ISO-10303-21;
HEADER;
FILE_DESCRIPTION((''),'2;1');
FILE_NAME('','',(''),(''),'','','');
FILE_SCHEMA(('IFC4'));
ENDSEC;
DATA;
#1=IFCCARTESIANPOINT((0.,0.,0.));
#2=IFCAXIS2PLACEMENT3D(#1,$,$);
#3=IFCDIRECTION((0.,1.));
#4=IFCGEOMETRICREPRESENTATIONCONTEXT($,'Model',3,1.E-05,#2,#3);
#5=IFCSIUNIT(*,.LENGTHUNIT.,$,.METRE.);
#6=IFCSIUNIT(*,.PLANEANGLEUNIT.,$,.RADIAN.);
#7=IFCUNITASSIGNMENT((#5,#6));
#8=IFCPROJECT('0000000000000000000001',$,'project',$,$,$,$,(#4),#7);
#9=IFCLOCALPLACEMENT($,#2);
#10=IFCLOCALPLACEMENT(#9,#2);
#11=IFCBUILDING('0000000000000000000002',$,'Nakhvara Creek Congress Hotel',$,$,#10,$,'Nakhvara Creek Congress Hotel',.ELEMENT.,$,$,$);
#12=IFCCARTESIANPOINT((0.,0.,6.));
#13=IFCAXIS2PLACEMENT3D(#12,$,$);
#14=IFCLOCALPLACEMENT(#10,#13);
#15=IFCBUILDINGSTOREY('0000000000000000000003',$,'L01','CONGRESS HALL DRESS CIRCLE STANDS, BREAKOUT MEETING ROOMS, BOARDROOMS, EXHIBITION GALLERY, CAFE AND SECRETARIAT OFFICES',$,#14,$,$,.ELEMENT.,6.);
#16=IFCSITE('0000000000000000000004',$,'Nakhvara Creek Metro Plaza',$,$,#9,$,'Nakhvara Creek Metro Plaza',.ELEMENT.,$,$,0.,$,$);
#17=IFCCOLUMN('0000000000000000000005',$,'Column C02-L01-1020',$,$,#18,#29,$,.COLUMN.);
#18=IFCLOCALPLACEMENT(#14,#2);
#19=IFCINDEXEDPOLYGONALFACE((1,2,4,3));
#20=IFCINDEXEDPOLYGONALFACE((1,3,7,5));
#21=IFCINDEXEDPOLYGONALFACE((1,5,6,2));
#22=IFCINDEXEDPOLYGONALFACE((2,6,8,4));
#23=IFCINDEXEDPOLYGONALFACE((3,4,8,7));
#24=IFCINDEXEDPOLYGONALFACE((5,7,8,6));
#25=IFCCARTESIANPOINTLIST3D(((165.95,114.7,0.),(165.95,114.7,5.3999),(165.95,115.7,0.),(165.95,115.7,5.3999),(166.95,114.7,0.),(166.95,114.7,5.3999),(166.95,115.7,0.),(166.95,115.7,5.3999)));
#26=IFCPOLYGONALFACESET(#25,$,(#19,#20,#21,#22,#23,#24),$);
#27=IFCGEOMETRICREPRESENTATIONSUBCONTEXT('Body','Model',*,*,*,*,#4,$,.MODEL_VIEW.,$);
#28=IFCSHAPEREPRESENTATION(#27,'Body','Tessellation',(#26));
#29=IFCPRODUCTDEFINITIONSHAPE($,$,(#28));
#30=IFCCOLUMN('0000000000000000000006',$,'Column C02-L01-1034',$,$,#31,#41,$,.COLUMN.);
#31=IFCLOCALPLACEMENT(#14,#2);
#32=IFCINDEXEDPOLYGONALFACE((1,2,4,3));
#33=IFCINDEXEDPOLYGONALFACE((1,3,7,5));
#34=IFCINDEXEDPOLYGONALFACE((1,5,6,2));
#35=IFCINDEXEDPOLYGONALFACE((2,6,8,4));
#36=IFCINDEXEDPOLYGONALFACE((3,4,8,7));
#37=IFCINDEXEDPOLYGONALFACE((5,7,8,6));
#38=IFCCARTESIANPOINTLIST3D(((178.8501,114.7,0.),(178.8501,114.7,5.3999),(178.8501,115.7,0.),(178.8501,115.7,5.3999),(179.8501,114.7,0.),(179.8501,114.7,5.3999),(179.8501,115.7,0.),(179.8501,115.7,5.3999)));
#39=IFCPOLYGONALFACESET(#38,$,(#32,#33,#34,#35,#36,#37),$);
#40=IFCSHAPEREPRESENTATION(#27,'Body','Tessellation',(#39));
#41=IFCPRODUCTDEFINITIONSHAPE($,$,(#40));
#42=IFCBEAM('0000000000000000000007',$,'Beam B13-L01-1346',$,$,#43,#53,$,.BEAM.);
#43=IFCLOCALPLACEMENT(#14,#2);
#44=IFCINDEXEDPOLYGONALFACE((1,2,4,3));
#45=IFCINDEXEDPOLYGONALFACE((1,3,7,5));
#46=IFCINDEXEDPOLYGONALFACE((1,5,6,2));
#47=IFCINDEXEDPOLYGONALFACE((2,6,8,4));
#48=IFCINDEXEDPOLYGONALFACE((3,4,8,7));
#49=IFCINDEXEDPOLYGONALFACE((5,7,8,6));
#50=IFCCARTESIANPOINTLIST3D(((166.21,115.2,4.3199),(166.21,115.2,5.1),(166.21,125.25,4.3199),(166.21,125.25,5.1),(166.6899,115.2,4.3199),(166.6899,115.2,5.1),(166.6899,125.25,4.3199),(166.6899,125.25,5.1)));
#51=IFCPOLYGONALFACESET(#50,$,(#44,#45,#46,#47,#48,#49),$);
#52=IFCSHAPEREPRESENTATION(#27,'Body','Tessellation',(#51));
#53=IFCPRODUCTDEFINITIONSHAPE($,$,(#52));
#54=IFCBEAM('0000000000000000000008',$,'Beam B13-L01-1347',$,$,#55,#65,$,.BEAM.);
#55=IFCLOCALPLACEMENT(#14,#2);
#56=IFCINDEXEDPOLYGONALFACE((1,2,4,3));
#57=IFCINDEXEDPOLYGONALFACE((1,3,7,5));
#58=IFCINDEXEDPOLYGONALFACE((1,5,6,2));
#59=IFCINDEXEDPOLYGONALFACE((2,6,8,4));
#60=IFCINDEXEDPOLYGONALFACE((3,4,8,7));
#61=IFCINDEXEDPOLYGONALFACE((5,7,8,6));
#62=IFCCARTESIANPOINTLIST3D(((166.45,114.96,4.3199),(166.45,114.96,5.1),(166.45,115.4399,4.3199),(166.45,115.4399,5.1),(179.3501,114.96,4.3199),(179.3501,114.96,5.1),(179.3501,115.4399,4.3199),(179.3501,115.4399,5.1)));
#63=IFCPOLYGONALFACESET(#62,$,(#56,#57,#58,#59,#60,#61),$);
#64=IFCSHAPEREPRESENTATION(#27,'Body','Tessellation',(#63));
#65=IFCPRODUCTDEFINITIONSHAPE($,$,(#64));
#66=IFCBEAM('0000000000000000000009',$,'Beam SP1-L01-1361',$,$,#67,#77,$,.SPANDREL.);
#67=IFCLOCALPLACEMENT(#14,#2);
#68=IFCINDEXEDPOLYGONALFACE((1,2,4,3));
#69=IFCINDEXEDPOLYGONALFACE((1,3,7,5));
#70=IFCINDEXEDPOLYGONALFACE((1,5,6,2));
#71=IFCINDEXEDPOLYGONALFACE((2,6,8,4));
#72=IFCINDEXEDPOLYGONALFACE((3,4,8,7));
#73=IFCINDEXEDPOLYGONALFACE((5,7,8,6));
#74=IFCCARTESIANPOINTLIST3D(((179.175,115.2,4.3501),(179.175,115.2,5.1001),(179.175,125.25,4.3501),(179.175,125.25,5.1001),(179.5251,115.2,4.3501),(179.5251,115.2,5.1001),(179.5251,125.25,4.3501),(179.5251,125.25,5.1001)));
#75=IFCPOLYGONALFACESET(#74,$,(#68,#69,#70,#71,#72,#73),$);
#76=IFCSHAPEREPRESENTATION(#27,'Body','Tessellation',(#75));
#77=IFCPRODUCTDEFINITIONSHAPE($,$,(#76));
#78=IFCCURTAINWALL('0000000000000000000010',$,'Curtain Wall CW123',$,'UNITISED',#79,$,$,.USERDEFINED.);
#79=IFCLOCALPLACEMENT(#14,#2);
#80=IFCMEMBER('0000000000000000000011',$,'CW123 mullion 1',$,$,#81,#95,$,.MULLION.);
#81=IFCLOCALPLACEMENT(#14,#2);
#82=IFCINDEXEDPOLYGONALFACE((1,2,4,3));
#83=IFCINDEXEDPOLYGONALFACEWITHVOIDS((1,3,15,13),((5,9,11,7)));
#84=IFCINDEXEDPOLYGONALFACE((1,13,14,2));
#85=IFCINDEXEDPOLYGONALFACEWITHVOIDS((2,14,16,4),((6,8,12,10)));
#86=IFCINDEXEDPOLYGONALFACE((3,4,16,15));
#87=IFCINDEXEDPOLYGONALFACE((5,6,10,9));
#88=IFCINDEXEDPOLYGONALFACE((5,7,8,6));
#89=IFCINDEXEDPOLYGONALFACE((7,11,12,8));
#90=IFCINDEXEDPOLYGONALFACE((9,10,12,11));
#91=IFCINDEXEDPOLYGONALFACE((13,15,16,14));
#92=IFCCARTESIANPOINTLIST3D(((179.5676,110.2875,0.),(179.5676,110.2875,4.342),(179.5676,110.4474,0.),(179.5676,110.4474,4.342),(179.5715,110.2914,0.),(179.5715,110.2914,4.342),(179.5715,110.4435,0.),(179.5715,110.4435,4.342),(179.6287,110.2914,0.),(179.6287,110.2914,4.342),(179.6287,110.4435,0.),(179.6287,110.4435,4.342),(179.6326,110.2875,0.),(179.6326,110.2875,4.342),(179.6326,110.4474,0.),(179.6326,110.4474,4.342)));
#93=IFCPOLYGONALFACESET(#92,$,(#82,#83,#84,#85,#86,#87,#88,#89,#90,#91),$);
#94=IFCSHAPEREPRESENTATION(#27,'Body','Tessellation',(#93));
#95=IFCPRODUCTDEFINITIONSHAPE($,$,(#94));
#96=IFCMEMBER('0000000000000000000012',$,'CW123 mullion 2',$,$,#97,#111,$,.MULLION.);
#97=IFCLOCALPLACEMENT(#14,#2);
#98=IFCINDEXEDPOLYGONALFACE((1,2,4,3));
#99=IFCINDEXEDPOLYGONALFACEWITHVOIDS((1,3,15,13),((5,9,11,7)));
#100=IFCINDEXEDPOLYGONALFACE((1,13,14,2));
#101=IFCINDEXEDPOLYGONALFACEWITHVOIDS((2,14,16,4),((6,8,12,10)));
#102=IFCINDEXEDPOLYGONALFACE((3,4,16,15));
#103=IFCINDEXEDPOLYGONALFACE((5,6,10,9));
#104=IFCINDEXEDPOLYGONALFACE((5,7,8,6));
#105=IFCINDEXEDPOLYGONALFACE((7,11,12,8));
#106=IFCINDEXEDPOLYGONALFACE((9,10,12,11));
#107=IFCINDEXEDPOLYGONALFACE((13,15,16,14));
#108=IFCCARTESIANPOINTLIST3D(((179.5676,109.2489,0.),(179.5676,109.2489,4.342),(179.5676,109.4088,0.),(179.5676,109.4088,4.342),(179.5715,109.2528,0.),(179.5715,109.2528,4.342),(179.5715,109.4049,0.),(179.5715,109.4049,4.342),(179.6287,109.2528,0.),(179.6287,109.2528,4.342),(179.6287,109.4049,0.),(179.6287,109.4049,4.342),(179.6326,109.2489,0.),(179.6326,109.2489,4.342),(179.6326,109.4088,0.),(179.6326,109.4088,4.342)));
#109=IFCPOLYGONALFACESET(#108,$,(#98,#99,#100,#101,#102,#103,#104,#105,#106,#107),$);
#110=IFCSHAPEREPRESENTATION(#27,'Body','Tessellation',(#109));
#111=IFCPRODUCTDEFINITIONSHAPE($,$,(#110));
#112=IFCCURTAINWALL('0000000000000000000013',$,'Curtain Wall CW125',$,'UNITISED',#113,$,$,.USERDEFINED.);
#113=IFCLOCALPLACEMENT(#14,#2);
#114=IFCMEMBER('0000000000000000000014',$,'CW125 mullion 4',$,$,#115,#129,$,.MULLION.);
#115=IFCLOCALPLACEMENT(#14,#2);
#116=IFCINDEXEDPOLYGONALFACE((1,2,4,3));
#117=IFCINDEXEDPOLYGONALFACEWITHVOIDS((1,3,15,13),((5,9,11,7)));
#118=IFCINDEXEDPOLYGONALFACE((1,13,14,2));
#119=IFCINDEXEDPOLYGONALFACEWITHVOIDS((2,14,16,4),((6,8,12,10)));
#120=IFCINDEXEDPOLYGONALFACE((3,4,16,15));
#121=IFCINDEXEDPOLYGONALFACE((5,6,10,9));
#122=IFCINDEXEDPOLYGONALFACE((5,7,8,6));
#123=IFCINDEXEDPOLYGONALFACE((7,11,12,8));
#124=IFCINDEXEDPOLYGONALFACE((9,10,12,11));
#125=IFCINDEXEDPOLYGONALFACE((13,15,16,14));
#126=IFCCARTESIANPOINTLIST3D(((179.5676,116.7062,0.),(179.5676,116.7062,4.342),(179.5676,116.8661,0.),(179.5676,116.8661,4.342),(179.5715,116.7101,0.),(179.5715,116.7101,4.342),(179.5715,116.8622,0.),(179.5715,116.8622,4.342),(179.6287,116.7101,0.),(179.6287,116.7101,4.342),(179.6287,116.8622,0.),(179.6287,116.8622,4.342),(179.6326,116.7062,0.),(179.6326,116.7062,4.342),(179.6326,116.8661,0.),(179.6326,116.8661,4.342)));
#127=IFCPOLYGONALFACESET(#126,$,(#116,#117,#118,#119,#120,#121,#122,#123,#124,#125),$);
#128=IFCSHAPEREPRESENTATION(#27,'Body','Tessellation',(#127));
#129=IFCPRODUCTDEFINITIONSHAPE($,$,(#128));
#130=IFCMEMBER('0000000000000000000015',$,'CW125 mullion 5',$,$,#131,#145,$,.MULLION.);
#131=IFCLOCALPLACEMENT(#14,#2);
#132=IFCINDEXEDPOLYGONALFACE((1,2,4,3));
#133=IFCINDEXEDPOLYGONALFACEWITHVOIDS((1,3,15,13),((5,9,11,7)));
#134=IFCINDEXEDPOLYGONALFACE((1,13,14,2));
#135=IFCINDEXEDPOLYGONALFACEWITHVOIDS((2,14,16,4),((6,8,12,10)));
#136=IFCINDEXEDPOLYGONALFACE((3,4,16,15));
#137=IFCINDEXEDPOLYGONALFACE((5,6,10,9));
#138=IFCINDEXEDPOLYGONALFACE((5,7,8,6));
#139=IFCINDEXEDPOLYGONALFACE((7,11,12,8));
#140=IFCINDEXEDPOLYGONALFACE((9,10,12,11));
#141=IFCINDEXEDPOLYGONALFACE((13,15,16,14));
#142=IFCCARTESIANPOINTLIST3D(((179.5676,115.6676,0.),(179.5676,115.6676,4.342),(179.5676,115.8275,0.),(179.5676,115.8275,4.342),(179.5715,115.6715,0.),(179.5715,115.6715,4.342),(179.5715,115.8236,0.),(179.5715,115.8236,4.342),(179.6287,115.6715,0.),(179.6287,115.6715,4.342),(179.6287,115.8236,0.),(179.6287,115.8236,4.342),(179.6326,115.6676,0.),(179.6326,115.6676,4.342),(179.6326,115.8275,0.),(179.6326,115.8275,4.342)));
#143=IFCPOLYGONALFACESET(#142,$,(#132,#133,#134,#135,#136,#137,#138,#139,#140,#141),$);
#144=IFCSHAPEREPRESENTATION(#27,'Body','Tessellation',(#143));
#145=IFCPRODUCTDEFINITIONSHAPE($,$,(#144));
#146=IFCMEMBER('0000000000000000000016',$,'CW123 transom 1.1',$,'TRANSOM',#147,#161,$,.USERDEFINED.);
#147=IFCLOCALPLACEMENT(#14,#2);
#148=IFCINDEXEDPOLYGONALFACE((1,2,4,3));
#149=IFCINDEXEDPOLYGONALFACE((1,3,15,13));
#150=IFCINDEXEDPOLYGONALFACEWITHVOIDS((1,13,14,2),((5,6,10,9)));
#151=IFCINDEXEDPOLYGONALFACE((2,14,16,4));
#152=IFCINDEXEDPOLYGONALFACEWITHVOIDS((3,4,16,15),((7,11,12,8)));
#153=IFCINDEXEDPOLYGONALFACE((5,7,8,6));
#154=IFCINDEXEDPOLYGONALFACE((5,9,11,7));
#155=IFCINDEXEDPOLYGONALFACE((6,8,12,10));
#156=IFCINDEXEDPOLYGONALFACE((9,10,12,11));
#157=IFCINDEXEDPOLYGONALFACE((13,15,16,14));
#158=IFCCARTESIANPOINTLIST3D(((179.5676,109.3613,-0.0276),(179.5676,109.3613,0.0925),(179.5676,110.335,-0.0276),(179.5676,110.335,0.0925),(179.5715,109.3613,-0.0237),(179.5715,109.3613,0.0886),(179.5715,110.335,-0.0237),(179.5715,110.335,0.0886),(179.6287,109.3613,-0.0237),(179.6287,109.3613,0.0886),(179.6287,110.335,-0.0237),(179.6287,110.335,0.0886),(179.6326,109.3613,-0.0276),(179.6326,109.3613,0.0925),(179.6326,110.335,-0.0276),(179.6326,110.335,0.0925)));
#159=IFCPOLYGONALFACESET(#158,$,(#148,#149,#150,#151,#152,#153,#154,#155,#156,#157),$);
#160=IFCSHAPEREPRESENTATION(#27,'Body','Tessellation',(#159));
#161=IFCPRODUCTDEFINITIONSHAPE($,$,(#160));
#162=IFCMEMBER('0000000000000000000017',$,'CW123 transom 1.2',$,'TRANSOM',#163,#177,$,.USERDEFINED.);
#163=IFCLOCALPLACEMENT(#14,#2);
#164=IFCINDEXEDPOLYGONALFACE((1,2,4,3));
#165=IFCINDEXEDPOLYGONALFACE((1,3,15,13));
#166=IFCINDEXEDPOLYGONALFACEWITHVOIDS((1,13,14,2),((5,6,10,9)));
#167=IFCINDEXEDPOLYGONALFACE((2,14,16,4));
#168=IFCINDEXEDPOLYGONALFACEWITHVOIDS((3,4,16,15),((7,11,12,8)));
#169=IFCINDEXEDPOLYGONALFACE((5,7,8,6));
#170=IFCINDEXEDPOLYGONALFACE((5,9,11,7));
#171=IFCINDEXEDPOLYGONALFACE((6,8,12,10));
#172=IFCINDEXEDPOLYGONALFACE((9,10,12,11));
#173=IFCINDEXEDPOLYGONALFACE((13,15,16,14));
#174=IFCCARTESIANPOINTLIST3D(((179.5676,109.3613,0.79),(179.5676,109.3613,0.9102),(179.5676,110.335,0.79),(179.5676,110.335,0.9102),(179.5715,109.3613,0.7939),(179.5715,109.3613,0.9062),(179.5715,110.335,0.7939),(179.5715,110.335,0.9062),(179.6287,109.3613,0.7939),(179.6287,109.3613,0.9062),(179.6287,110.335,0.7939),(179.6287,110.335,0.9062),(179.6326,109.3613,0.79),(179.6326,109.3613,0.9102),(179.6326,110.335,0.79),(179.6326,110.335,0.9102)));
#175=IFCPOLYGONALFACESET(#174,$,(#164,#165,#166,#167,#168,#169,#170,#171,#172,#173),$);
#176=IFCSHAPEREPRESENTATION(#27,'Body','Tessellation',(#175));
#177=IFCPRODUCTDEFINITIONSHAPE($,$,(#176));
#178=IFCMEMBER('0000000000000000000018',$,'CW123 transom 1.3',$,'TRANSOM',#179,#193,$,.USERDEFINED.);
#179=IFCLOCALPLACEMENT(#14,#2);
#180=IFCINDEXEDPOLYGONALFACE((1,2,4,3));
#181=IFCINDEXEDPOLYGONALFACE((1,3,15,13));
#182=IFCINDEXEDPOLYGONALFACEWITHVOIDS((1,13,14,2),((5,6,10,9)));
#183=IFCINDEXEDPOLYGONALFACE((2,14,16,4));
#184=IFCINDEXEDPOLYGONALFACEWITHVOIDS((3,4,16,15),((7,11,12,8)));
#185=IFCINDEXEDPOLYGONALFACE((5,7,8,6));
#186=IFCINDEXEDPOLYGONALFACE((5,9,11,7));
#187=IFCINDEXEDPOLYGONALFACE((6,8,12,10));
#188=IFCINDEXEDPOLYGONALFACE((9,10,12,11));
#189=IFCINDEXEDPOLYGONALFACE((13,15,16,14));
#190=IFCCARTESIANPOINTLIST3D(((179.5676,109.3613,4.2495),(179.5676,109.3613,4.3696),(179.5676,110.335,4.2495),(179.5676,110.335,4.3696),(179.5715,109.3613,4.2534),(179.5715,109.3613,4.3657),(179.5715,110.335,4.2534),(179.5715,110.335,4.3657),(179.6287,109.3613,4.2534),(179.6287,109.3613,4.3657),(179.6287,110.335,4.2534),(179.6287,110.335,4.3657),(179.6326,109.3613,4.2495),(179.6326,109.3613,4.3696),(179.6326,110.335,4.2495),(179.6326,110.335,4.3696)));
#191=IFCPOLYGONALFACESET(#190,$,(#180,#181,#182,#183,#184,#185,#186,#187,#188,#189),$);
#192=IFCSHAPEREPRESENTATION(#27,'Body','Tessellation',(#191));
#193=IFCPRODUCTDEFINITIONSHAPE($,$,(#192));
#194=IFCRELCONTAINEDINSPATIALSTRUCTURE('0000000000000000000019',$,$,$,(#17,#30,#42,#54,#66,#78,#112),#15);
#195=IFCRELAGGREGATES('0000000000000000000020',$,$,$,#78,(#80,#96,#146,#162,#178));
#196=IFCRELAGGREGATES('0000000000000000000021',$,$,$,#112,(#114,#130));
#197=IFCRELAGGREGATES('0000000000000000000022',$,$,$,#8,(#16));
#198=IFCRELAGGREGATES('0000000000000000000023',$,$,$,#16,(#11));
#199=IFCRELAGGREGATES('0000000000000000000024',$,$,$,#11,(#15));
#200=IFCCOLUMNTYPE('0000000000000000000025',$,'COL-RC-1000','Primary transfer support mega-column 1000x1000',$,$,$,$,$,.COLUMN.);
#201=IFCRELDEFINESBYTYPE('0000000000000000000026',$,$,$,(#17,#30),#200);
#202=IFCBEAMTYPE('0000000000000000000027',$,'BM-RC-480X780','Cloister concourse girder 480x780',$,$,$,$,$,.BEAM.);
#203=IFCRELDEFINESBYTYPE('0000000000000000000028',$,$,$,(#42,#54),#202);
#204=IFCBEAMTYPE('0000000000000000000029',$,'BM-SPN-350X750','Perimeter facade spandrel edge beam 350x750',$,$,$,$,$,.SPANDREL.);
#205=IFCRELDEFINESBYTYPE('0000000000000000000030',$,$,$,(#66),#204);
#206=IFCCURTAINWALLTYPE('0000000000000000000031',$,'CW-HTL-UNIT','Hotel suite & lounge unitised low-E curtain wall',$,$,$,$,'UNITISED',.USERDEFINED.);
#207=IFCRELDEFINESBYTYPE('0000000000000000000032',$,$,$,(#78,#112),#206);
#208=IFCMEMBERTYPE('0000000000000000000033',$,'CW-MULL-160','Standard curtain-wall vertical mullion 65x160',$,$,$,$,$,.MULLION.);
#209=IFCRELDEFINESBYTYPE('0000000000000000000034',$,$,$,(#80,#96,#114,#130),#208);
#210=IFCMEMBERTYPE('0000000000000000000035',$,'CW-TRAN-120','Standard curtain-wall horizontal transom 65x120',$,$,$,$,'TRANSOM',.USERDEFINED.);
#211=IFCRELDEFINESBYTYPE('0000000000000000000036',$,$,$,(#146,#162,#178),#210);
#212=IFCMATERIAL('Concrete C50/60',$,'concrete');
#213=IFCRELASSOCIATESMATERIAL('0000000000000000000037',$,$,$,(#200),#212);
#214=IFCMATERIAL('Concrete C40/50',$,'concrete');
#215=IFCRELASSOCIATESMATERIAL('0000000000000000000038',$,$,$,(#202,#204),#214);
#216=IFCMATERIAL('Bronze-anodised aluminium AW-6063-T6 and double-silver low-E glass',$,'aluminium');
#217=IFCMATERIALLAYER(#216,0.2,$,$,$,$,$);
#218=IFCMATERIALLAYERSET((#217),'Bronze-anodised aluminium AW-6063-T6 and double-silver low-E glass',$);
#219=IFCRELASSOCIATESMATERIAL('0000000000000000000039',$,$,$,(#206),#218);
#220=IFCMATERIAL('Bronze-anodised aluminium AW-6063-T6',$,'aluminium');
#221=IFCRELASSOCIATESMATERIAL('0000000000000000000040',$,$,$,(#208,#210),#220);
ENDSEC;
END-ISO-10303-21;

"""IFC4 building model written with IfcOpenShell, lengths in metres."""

from ifc_helpers import new_model, si_unit, direction, frame, origin, origin_2d, place, context, subcontext, project, spatial, rectangle, hollow_rectangle, extrude, material, layer, layer_set, material_profile, profile_set, type_object, element, aggregate, save


model = new_model("IFC4")

# Units and contexts
model_context = context("Model", 3, precision=1e-05, world=origin(), true_north=direction((0.0, 1.0)))
body_context = subcontext(model_context, "Body", "Model", "MODEL_VIEW")
ifc_project = project(units=[si_unit("LENGTHUNIT", "METRE"), si_unit("PLANEANGLEUNIT", "RADIAN")], contexts=[model_context])

# Site, building, storey
site_placement = place(None, origin())
site = spatial("IfcSite", under=ifc_project, at=site_placement, Name="Nakhvara Creek Metro Plaza", LongName="Nakhvara Creek Metro Plaza", CompositionType="ELEMENT", RefElevation=0.0)
building_placement = place(site_placement, origin())
building = spatial("IfcBuilding", under=site, at=building_placement, Name="Nakhvara Creek Congress Hotel", LongName="Nakhvara Creek Congress Hotel", CompositionType="ELEMENT")
storey_placement = place(building_placement, frame((0.0, 0.0, 6.0)))
storey = spatial("IfcBuildingStorey", under=building, at=storey_placement, Name="L01", Description="CONGRESS HALL DRESS CIRCLE STANDS, BREAKOUT MEETING ROOMS, BOARDROOMS, EXHIBITION GALLERY, CAFE AND SECRETARIAT OFFICES", CompositionType="ELEMENT", Elevation=6.0)

# Columns
ifc_material_1 = material(Name="Concrete C50/60", Category="concrete")
ifc_material_profile_1 = material_profile(ifc_material_1, rectangle(XDim=1.0, YDim=1.0, at=origin_2d()), Name="RC-COL 1000x1000", Category="LoadBearing")
ifc_profile_set_1 = profile_set([ifc_material_profile_1], Name="Concrete C50/60")
column_type = type_object("IfcColumnType", Name="COL-RC-1000", Description="Primary transfer support mega-column 1000x1000", PredefinedType="COLUMN", material=ifc_profile_set_1)
for number, where, z_axis, x_axis, name in (
    (1, (166.45, 115.2, 0.0), (0.0, 0.0, 1.0), (1.0, 0.0, 0.0), "Column C02-L01-1020"),
    (2, (179.3501, 115.2, 0.0), (0.0, 0.0, 1.0), (1.0, 0.0, 0.0), "Column C02-L01-1034"),
):
    element("IfcColumn", number, at=place(storey_placement, frame(where, z_axis=z_axis, x_axis=x_axis)), inside=storey, type_object=column_type, Name=name, PredefinedType="COLUMN", context=body_context, shape_type="SweptSolid", body=[
        extrude(rectangle(XDim=1.0, YDim=1.0, at=origin_2d()), origin(), (0.0, 0.0, 1.0), 5.3999),
    ])

# Beams
ifc_material_2 = material(Name="Concrete C40/50", Category="concrete")
ifc_material_profile_2 = material_profile(ifc_material_2, rectangle(XDim=0.48, YDim=0.78, at=origin_2d()), Name="RC-BM 480x780", Category="LoadBearing")
ifc_profile_set_2 = profile_set([ifc_material_profile_2], Name="Concrete C40/50")
beam_type_1 = type_object("IfcBeamType", Name="BM-RC-480X780", Description="Cloister concourse girder 480x780", PredefinedType="BEAM", material=ifc_profile_set_2)
beam_1_placement = place(storey_placement, frame((166.45, 115.2, 4.71), z_axis=(0.0, 1.0, 0.0), x_axis=(-1.0, 0.0, 0.0)))
element("IfcBeam", 3, at=beam_1_placement, inside=storey, type_object=beam_type_1, Name="Beam B13-L01-1346", PredefinedType="BEAM", context=body_context, shape_type="SweptSolid", body=[
    extrude(rectangle(XDim=0.48, YDim=0.78, at=origin_2d()), origin(), (0.0, 0.0, 1.0), 10.05),
])
beam_2_placement = place(storey_placement, frame((166.45, 115.2, 4.71), z_axis=(1.0, 0.0, 0.0), x_axis=(0.0, 1.0, 0.0)))
element("IfcBeam", 4, at=beam_2_placement, inside=storey, type_object=beam_type_1, Name="Beam B13-L01-1347", PredefinedType="BEAM", context=body_context, shape_type="SweptSolid", body=[
    extrude(rectangle(XDim=0.48, YDim=0.78, at=origin_2d()), origin(), (0.0, 0.0, 1.0), 12.9001),
])
ifc_material_profile_3 = material_profile(ifc_material_2, rectangle(XDim=0.3501, YDim=0.75, at=origin_2d()), Name="RC-SPANDREL 350x750", Category="LoadBearing")
ifc_profile_set_3 = profile_set([ifc_material_profile_3], Name="Concrete C40/50")
beam_type_2 = type_object("IfcBeamType", Name="BM-SPN-350X750", Description="Perimeter facade spandrel edge beam 350x750", PredefinedType="SPANDREL", material=ifc_profile_set_3)
beam_3_placement = place(storey_placement, frame((179.3501, 115.2, 4.7251), z_axis=(0.0, 1.0, 0.0), x_axis=(-1.0, 0.0, 0.0)))
element("IfcBeam", 5, at=beam_3_placement, inside=storey, type_object=beam_type_2, Name="Beam SP1-L01-1361", PredefinedType="SPANDREL", context=body_context, shape_type="SweptSolid", body=[
    extrude(rectangle(XDim=0.3501, YDim=0.75, at=origin_2d()), origin(), (0.0, 0.0, 1.0), 10.05),
])

# Curtain walls, members
ifc_material_3 = material(Name="Bronze-anodised aluminium AW-6063-T6 and double-silver low-E glass", Category="aluminium")
ifc_layer_1 = layer(ifc_material_3, 0.2)
ifc_layer_set_1 = layer_set([ifc_layer_1], Name="Bronze-anodised aluminium AW-6063-T6 and double-silver low-E glass")
curtain_wall_type = type_object("IfcCurtainWallType", Name="CW-HTL-UNIT", Description="Hotel suite & lounge unitised low-E curtain wall", ElementType="UNITISED", PredefinedType="USERDEFINED", material=ifc_layer_set_1)
curtain_wall_1_placement = place(storey_placement, origin())
curtain_wall_1 = element("IfcCurtainWall", 6, at=curtain_wall_1_placement, inside=storey, type_object=curtain_wall_type, Name="Curtain Wall CW123", ObjectType="UNITISED", PredefinedType="USERDEFINED")
ifc_material_4 = material(Name="Bronze-anodised aluminium AW-6063-T6", Category="aluminium")
ifc_material_profile_4 = material_profile(ifc_material_4, hollow_rectangle(XDim=0.0649, YDim=0.1599, WallThickness=0.0039, at=origin_2d()), Name="ALU-MULL 65x160x4", Category="LoadBearing")
ifc_profile_set_4 = profile_set([ifc_material_profile_4], Name="Bronze-anodised aluminium AW-6063-T6")
member_type_1 = type_object("IfcMemberType", Name="CW-MULL-160", Description="Standard curtain-wall vertical mullion 65x160", PredefinedType="MULLION", material=ifc_profile_set_4)
member_1_placement = place(storey_placement, frame((179.6001, 110.3674, 0.0), z_axis=(0.0, 0.0, 1.0), x_axis=(1.0, 0.0, 0.0)))
member_1 = element("IfcMember", 7, at=member_1_placement, type_object=member_type_1, Name="CW123 mullion 1", PredefinedType="MULLION", context=body_context, shape_type="SweptSolid", body=[
    extrude(hollow_rectangle(XDim=0.0649, YDim=0.1599, WallThickness=0.0039, at=origin_2d()), origin(), (0.0, 0.0, 1.0), 4.342),
])
member_2_placement = place(storey_placement, frame((179.6001, 109.3289, 0.0), z_axis=(0.0, 0.0, 1.0), x_axis=(1.0, 0.0, 0.0)))
member_2 = element("IfcMember", 8, at=member_2_placement, type_object=member_type_1, Name="CW123 mullion 2", PredefinedType="MULLION", context=body_context, shape_type="SweptSolid", body=[
    extrude(hollow_rectangle(XDim=0.0649, YDim=0.1599, WallThickness=0.0039, at=origin_2d()), origin(), (0.0, 0.0, 1.0), 4.342),
])
curtain_wall_2_placement = place(storey_placement, origin())
curtain_wall_2 = element("IfcCurtainWall", 9, at=curtain_wall_2_placement, inside=storey, type_object=curtain_wall_type, Name="Curtain Wall CW125", ObjectType="UNITISED", PredefinedType="USERDEFINED")
member_3_placement = place(storey_placement, frame((179.6001, 116.7861, 0.0), z_axis=(0.0, 0.0, 1.0), x_axis=(1.0, 0.0, 0.0)))
member_3 = element("IfcMember", 10, at=member_3_placement, type_object=member_type_1, Name="CW125 mullion 4", PredefinedType="MULLION", context=body_context, shape_type="SweptSolid", body=[
    extrude(hollow_rectangle(XDim=0.0649, YDim=0.1599, WallThickness=0.0039, at=origin_2d()), origin(), (0.0, 0.0, 1.0), 4.342),
])
member_4_placement = place(storey_placement, frame((179.6001, 115.7476, 0.0), z_axis=(0.0, 0.0, 1.0), x_axis=(1.0, 0.0, 0.0)))
member_4 = element("IfcMember", 11, at=member_4_placement, type_object=member_type_1, Name="CW125 mullion 5", PredefinedType="MULLION", context=body_context, shape_type="SweptSolid", body=[
    extrude(hollow_rectangle(XDim=0.0649, YDim=0.1599, WallThickness=0.0039, at=origin_2d()), origin(), (0.0, 0.0, 1.0), 4.342),
])

# Members
ifc_material_profile_5 = material_profile(ifc_material_4, hollow_rectangle(XDim=0.0649, YDim=0.1201, WallThickness=0.0039, at=origin_2d()), Name="ALU-TRAN 65x120x4", Category="LoadBearing")
ifc_profile_set_5 = profile_set([ifc_material_profile_5], Name="Bronze-anodised aluminium AW-6063-T6")
member_type_2 = type_object("IfcMemberType", Name="CW-TRAN-120", Description="Standard curtain-wall horizontal transom 65x120", ElementType="TRANSOM", PredefinedType="USERDEFINED", material=ifc_profile_set_5)
member_5_placement = place(storey_placement, frame((179.6001, 110.335, 0.0325), z_axis=(0.0, -1.0, 0.0), x_axis=(1.0, 0.0, 0.0)))
member_5 = element("IfcMember", 12, at=member_5_placement, type_object=member_type_2, Name="CW123 transom 1.1", ObjectType="TRANSOM", PredefinedType="USERDEFINED", context=body_context, shape_type="SweptSolid", body=[
    extrude(hollow_rectangle(XDim=0.0649, YDim=0.1201, WallThickness=0.0039, at=origin_2d()), origin(), (0.0, 0.0, 1.0), 0.9736),
])
member_6_placement = place(storey_placement, frame((179.6001, 110.335, 0.8501), z_axis=(0.0, -1.0, 0.0), x_axis=(1.0, 0.0, 0.0)))
member_6 = element("IfcMember", 13, at=member_6_placement, type_object=member_type_2, Name="CW123 transom 1.2", ObjectType="TRANSOM", PredefinedType="USERDEFINED", context=body_context, shape_type="SweptSolid", body=[
    extrude(hollow_rectangle(XDim=0.0649, YDim=0.1201, WallThickness=0.0039, at=origin_2d()), origin(), (0.0, 0.0, 1.0), 0.9736),
])
member_7_placement = place(storey_placement, frame((179.6001, 110.335, 4.3096), z_axis=(0.0, -1.0, 0.0), x_axis=(1.0, 0.0, 0.0)))
member_7 = element("IfcMember", 14, at=member_7_placement, type_object=member_type_2, Name="CW123 transom 1.3", ObjectType="TRANSOM", PredefinedType="USERDEFINED", context=body_context, shape_type="SweptSolid", body=[
    extrude(hollow_rectangle(XDim=0.0649, YDim=0.1201, WallThickness=0.0039, at=origin_2d()), origin(), (0.0, 0.0, 1.0), 0.9736),
])

aggregate(curtain_wall_1, [member_1, member_2, member_5, member_6, member_7])
aggregate(curtain_wall_2, [member_3, member_4])

save(model, "model.ifc")
